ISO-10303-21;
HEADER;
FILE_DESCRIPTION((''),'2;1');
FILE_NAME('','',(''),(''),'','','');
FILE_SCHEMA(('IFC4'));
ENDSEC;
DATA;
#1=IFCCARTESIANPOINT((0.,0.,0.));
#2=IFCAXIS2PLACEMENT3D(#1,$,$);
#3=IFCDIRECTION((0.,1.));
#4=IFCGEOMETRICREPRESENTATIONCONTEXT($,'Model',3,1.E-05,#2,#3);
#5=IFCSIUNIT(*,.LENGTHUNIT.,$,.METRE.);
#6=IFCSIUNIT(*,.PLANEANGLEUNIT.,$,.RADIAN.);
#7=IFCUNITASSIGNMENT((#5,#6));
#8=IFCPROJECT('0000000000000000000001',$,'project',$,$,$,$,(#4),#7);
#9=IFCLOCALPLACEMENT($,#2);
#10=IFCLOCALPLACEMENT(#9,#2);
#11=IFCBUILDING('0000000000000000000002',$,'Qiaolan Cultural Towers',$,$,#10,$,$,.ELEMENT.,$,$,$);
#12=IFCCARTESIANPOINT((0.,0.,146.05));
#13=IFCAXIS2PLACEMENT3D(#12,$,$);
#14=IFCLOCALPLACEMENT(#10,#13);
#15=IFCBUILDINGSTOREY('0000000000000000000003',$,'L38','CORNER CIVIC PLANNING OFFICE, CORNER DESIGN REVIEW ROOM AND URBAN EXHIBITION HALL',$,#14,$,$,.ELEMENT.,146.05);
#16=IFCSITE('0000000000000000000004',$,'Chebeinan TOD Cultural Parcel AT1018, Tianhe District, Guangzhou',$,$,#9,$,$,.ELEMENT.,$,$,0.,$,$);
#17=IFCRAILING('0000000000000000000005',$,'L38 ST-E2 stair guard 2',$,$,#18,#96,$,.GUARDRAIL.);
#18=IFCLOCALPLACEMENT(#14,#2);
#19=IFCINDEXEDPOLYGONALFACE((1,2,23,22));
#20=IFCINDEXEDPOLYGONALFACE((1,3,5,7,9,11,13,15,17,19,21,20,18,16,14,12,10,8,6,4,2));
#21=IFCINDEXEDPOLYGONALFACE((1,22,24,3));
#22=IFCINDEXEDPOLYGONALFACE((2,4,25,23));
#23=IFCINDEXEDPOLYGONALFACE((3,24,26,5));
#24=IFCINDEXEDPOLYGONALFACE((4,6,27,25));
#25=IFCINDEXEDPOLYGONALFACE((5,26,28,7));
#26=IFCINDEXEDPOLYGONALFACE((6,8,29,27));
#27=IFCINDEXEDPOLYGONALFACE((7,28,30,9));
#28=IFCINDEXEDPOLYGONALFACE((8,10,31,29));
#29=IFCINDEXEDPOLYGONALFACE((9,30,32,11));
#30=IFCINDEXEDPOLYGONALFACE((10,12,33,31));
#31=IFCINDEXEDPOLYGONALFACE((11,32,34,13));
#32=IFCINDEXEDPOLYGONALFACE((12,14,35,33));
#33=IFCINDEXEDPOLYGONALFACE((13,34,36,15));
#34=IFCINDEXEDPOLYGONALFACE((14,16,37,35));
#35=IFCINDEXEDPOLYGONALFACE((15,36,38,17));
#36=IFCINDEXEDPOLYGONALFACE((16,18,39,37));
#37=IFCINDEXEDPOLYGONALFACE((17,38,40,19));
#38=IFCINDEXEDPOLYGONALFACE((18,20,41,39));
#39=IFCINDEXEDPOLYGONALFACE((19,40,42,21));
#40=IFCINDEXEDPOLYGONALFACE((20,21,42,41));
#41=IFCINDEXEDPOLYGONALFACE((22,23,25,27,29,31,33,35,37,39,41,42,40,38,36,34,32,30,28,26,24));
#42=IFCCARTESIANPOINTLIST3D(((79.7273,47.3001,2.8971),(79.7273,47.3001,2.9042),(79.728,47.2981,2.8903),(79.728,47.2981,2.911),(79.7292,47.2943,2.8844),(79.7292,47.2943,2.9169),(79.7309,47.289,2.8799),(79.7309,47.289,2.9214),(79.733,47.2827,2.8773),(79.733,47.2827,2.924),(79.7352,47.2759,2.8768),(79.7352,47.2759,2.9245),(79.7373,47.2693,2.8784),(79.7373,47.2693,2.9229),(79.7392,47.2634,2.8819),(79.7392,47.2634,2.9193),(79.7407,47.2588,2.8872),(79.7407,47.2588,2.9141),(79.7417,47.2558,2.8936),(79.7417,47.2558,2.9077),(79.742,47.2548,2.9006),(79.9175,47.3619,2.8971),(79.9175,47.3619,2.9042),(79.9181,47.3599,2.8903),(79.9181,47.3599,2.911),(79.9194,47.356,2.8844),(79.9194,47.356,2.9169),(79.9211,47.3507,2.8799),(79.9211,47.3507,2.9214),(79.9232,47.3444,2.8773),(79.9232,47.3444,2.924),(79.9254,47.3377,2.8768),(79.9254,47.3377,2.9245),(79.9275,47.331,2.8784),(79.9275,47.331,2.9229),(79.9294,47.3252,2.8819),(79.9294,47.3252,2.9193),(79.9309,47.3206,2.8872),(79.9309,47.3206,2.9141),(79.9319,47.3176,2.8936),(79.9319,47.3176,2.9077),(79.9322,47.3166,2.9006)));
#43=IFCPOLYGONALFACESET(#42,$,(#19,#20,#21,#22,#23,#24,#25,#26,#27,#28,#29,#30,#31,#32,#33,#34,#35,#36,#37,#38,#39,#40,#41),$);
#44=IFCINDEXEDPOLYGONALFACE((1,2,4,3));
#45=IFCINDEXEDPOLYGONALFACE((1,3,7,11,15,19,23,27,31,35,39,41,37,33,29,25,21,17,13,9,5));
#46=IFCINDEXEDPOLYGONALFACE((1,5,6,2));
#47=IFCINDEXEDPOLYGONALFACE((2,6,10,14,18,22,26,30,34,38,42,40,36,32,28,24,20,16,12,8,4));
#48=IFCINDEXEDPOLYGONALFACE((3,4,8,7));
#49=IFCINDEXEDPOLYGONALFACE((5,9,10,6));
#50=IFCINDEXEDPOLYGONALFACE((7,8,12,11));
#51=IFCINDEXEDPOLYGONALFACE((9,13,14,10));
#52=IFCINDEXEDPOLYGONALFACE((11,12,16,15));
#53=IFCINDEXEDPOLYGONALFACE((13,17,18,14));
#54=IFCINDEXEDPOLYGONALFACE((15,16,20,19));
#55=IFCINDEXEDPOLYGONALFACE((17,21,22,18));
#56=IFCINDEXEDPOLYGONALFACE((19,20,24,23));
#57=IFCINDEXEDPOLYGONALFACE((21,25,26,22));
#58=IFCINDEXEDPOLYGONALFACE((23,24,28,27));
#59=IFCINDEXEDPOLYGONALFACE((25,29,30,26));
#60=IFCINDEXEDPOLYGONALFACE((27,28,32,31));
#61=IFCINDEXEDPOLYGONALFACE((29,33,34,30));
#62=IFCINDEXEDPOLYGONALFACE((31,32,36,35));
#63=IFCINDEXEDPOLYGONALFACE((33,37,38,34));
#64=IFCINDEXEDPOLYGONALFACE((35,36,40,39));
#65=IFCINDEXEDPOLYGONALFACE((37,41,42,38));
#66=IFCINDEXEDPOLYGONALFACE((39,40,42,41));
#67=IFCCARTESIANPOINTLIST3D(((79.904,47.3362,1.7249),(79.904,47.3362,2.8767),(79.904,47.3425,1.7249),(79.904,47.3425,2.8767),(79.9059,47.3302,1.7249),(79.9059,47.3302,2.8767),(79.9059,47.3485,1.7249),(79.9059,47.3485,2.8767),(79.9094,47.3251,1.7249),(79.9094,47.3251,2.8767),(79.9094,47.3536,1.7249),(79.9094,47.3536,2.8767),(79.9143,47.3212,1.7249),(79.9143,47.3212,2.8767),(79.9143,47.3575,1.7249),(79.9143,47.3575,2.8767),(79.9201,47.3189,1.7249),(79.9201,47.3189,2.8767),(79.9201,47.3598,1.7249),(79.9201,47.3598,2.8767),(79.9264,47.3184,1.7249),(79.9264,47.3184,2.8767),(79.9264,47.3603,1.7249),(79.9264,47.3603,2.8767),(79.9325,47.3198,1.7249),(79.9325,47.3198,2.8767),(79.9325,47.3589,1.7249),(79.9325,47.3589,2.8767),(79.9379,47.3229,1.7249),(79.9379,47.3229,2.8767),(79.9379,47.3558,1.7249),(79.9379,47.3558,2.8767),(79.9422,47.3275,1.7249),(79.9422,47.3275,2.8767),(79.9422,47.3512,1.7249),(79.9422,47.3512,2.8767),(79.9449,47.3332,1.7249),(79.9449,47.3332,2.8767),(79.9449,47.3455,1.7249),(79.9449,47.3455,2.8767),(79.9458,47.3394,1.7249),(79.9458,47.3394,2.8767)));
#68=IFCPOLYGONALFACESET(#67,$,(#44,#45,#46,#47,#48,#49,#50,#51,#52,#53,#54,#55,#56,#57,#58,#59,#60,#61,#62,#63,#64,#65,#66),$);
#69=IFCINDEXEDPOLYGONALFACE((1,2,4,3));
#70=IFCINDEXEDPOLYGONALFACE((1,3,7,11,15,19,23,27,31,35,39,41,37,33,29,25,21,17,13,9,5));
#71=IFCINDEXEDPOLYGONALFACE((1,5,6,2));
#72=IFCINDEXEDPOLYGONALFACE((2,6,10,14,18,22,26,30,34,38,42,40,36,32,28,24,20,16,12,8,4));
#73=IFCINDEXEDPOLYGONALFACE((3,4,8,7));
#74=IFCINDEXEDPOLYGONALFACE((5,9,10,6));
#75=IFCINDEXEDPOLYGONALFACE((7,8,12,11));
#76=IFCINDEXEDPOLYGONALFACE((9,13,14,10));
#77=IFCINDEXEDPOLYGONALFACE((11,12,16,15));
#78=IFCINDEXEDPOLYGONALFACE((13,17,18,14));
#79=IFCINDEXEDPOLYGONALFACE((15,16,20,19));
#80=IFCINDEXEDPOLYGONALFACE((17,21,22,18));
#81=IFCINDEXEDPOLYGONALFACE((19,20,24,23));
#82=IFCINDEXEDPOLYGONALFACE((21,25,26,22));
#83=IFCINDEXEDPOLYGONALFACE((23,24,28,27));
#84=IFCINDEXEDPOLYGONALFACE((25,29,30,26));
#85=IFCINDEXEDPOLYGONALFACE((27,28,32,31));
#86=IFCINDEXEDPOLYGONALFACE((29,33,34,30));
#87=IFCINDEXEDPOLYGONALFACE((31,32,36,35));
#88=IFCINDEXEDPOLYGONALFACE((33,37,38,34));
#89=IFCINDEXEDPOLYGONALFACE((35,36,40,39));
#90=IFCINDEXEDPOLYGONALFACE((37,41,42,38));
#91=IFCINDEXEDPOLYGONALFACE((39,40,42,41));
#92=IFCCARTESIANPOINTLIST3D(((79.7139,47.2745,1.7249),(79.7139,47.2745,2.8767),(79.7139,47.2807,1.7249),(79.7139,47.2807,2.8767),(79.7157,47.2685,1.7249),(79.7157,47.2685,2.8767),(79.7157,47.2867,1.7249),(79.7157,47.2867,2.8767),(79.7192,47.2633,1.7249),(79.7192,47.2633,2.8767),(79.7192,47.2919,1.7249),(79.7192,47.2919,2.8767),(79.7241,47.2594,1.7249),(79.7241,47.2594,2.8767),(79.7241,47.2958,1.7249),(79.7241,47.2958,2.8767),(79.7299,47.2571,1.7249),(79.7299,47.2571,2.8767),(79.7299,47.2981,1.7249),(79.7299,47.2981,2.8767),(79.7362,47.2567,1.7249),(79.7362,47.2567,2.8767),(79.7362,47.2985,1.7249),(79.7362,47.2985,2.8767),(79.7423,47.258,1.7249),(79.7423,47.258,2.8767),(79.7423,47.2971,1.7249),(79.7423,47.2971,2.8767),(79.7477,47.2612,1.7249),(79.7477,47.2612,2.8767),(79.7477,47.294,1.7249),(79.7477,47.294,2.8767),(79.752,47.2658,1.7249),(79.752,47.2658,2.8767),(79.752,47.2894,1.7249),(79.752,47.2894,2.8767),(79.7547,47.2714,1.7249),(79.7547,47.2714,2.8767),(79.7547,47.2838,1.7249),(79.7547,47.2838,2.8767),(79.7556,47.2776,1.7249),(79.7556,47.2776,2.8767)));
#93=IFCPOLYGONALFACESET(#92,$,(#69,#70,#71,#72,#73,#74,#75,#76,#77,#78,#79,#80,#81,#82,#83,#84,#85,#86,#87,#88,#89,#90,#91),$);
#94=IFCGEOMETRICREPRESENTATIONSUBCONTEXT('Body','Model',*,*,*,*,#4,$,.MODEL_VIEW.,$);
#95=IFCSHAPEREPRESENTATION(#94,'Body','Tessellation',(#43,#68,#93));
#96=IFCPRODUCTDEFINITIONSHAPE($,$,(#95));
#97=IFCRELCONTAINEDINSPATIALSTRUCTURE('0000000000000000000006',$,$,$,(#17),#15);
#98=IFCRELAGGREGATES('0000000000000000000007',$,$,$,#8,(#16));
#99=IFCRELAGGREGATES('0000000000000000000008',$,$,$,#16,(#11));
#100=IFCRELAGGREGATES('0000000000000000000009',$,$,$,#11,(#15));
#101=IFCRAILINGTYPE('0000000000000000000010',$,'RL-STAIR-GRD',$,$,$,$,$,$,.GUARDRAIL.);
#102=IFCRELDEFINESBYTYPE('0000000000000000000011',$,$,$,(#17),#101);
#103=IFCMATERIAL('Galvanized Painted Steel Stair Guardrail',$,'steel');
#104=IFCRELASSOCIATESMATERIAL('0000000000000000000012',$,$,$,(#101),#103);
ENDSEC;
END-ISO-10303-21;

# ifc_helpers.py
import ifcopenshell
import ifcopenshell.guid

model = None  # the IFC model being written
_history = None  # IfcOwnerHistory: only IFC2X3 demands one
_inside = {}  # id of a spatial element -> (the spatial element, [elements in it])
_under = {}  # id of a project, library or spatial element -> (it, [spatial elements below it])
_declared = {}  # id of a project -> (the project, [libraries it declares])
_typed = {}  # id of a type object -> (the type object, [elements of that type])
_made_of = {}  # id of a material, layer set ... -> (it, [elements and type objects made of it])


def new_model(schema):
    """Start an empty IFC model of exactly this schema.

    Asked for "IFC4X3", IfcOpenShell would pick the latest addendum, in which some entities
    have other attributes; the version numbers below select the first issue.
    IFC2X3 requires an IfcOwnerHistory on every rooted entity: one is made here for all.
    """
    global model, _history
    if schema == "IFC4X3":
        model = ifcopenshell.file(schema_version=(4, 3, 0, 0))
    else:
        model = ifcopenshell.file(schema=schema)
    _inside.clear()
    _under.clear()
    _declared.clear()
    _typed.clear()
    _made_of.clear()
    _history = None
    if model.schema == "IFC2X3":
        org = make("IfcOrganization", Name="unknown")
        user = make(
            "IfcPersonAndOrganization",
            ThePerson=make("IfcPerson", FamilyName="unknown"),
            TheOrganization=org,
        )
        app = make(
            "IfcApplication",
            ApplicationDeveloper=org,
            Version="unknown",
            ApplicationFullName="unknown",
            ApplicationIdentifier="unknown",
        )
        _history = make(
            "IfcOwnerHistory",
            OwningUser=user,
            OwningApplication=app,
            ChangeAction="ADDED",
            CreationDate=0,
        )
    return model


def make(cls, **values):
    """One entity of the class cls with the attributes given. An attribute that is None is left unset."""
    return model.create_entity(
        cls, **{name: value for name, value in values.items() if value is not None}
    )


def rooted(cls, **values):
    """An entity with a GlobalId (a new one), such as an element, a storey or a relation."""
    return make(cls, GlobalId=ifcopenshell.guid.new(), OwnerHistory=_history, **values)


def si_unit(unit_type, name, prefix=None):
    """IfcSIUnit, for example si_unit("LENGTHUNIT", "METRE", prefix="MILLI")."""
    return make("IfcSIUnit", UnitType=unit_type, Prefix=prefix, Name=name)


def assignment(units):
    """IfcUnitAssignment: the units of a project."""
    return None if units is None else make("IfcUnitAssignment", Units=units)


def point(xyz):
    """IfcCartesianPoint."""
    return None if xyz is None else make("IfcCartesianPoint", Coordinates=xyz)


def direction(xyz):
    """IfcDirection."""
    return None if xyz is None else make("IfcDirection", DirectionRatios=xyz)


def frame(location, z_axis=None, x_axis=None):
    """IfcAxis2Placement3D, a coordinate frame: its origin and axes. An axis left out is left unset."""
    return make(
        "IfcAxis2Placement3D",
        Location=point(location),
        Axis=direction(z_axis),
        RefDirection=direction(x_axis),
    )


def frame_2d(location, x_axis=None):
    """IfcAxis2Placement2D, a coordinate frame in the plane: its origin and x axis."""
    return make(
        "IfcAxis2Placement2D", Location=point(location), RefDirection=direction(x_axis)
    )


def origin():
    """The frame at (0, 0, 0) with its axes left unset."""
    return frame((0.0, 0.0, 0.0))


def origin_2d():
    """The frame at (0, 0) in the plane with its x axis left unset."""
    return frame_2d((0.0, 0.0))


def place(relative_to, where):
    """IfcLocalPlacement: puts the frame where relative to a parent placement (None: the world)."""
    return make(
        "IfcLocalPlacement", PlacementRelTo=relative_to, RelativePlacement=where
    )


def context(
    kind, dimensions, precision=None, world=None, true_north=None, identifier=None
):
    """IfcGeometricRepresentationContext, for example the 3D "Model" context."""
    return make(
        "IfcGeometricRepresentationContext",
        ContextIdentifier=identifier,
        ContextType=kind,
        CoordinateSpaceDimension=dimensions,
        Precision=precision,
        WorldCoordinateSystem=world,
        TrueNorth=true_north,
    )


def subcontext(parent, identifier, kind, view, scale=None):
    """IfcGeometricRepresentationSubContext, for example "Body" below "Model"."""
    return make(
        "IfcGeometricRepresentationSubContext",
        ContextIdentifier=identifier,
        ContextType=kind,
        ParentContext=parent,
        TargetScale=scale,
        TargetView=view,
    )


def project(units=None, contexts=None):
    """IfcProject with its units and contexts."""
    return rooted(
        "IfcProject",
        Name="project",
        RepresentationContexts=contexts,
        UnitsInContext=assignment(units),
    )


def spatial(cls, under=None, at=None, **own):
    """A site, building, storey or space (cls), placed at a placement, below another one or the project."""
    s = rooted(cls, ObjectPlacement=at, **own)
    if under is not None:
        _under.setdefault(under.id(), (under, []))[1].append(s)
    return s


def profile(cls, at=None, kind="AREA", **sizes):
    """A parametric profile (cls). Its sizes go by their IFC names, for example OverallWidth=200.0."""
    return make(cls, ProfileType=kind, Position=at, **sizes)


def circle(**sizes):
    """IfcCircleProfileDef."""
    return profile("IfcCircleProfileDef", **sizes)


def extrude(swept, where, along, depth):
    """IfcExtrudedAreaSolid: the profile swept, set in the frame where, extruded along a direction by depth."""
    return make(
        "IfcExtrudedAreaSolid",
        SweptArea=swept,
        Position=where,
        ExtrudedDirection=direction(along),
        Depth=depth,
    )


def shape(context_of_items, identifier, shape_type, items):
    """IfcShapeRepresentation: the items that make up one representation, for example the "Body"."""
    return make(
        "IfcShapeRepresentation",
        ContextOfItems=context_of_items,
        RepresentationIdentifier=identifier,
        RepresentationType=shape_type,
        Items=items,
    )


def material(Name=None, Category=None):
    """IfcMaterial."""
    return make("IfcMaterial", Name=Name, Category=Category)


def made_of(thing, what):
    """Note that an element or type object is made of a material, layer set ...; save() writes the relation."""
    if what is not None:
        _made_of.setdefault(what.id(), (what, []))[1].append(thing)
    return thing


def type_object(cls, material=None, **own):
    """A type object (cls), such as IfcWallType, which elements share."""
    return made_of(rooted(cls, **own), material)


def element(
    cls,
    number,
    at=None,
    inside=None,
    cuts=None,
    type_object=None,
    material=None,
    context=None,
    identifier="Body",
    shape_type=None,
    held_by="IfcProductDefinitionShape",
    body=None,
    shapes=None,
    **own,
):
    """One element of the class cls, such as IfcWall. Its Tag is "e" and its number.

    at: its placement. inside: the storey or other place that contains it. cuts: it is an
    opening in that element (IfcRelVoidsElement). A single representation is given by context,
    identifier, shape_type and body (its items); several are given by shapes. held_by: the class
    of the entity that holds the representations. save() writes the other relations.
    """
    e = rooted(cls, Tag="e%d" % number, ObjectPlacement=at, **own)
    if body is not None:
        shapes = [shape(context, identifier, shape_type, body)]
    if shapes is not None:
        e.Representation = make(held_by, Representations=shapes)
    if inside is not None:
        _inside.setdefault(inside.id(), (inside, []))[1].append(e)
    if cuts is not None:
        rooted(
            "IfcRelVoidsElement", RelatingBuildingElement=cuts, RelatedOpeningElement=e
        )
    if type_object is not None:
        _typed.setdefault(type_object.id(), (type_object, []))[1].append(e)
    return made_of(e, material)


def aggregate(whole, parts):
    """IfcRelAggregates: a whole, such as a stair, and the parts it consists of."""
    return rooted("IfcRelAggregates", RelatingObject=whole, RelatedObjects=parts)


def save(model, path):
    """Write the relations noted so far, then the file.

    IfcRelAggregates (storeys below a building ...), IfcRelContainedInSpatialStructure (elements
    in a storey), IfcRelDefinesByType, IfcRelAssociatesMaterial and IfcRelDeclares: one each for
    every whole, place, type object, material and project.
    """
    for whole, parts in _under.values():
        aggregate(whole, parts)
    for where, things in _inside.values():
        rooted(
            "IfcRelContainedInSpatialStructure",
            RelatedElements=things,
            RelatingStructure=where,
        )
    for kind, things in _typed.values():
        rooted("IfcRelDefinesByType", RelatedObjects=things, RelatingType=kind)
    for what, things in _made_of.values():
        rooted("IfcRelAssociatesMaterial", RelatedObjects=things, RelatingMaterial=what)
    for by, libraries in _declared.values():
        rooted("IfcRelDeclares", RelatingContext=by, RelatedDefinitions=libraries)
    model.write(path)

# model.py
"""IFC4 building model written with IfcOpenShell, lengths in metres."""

from ifc_helpers import new_model, si_unit, direction, frame, origin, origin_2d, place, context, subcontext, project, spatial, circle, extrude, material, type_object, element, save


model = new_model("IFC4")

# Units and contexts
model_context = context("Model", 3, precision=1e-05, world=origin(), true_north=direction((0.0, 1.0)))
body_context = subcontext(model_context, "Body", "Model", "MODEL_VIEW")
ifc_project = project(units=[si_unit("LENGTHUNIT", "METRE"), si_unit("PLANEANGLEUNIT", "RADIAN")], contexts=[model_context])

# Site, building, storey
site_placement = place(None, origin())
site = spatial("IfcSite", under=ifc_project, at=site_placement, Name="Chebeinan TOD Cultural Parcel AT1018, Tianhe District, Guangzhou", CompositionType="ELEMENT", RefElevation=0.0)
building_placement = place(site_placement, origin())
building = spatial("IfcBuilding", under=site, at=building_placement, Name="Qiaolan Cultural Towers", CompositionType="ELEMENT")
storey_placement = place(building_placement, frame((0.0, 0.0, 146.05)))
storey = spatial("IfcBuildingStorey", under=building, at=storey_placement, Name="L38", Description="CORNER CIVIC PLANNING OFFICE, CORNER DESIGN REVIEW ROOM AND URBAN EXHIBITION HALL", CompositionType="ELEMENT", Elevation=146.05)

# Railing
ifc_material_1 = material(Name="Galvanized Painted Steel Stair Guardrail", Category="steel")
railing_type_1 = type_object("IfcRailingType", Name="RL-STAIR-GRD", PredefinedType="GUARDRAIL", material=ifc_material_1)
railing_1_placement = place(storey_placement, frame((79.9248, 47.3394, 1.7249)))
element("IfcRailing", 1, at=railing_1_placement, inside=storey, type_object=railing_type_1, Name="L38 ST-E2 stair guard 2", PredefinedType="GUARDRAIL", context=body_context, shape_type="SweptSolid", body=[
    extrude(circle(Radius=0.0239, at=origin_2d()), frame((0.0, 0.0, 1.1758), z_axis=(-0.951097, -0.308893, 0.0), x_axis=(0.308893, -0.951097, 0.0)), (0.0, 0.0, 1.0), 0.2),
    extrude(circle(Radius=0.021, at=origin_2d()), origin(), (0.0, 0.0, 1.0), 1.1519),
    extrude(circle(Radius=0.021, at=origin_2d()), frame((-0.1902, -0.0618, 0.0)), (0.0, 0.0, 1.0), 1.1519),
])

save(model, "model.ifc")
